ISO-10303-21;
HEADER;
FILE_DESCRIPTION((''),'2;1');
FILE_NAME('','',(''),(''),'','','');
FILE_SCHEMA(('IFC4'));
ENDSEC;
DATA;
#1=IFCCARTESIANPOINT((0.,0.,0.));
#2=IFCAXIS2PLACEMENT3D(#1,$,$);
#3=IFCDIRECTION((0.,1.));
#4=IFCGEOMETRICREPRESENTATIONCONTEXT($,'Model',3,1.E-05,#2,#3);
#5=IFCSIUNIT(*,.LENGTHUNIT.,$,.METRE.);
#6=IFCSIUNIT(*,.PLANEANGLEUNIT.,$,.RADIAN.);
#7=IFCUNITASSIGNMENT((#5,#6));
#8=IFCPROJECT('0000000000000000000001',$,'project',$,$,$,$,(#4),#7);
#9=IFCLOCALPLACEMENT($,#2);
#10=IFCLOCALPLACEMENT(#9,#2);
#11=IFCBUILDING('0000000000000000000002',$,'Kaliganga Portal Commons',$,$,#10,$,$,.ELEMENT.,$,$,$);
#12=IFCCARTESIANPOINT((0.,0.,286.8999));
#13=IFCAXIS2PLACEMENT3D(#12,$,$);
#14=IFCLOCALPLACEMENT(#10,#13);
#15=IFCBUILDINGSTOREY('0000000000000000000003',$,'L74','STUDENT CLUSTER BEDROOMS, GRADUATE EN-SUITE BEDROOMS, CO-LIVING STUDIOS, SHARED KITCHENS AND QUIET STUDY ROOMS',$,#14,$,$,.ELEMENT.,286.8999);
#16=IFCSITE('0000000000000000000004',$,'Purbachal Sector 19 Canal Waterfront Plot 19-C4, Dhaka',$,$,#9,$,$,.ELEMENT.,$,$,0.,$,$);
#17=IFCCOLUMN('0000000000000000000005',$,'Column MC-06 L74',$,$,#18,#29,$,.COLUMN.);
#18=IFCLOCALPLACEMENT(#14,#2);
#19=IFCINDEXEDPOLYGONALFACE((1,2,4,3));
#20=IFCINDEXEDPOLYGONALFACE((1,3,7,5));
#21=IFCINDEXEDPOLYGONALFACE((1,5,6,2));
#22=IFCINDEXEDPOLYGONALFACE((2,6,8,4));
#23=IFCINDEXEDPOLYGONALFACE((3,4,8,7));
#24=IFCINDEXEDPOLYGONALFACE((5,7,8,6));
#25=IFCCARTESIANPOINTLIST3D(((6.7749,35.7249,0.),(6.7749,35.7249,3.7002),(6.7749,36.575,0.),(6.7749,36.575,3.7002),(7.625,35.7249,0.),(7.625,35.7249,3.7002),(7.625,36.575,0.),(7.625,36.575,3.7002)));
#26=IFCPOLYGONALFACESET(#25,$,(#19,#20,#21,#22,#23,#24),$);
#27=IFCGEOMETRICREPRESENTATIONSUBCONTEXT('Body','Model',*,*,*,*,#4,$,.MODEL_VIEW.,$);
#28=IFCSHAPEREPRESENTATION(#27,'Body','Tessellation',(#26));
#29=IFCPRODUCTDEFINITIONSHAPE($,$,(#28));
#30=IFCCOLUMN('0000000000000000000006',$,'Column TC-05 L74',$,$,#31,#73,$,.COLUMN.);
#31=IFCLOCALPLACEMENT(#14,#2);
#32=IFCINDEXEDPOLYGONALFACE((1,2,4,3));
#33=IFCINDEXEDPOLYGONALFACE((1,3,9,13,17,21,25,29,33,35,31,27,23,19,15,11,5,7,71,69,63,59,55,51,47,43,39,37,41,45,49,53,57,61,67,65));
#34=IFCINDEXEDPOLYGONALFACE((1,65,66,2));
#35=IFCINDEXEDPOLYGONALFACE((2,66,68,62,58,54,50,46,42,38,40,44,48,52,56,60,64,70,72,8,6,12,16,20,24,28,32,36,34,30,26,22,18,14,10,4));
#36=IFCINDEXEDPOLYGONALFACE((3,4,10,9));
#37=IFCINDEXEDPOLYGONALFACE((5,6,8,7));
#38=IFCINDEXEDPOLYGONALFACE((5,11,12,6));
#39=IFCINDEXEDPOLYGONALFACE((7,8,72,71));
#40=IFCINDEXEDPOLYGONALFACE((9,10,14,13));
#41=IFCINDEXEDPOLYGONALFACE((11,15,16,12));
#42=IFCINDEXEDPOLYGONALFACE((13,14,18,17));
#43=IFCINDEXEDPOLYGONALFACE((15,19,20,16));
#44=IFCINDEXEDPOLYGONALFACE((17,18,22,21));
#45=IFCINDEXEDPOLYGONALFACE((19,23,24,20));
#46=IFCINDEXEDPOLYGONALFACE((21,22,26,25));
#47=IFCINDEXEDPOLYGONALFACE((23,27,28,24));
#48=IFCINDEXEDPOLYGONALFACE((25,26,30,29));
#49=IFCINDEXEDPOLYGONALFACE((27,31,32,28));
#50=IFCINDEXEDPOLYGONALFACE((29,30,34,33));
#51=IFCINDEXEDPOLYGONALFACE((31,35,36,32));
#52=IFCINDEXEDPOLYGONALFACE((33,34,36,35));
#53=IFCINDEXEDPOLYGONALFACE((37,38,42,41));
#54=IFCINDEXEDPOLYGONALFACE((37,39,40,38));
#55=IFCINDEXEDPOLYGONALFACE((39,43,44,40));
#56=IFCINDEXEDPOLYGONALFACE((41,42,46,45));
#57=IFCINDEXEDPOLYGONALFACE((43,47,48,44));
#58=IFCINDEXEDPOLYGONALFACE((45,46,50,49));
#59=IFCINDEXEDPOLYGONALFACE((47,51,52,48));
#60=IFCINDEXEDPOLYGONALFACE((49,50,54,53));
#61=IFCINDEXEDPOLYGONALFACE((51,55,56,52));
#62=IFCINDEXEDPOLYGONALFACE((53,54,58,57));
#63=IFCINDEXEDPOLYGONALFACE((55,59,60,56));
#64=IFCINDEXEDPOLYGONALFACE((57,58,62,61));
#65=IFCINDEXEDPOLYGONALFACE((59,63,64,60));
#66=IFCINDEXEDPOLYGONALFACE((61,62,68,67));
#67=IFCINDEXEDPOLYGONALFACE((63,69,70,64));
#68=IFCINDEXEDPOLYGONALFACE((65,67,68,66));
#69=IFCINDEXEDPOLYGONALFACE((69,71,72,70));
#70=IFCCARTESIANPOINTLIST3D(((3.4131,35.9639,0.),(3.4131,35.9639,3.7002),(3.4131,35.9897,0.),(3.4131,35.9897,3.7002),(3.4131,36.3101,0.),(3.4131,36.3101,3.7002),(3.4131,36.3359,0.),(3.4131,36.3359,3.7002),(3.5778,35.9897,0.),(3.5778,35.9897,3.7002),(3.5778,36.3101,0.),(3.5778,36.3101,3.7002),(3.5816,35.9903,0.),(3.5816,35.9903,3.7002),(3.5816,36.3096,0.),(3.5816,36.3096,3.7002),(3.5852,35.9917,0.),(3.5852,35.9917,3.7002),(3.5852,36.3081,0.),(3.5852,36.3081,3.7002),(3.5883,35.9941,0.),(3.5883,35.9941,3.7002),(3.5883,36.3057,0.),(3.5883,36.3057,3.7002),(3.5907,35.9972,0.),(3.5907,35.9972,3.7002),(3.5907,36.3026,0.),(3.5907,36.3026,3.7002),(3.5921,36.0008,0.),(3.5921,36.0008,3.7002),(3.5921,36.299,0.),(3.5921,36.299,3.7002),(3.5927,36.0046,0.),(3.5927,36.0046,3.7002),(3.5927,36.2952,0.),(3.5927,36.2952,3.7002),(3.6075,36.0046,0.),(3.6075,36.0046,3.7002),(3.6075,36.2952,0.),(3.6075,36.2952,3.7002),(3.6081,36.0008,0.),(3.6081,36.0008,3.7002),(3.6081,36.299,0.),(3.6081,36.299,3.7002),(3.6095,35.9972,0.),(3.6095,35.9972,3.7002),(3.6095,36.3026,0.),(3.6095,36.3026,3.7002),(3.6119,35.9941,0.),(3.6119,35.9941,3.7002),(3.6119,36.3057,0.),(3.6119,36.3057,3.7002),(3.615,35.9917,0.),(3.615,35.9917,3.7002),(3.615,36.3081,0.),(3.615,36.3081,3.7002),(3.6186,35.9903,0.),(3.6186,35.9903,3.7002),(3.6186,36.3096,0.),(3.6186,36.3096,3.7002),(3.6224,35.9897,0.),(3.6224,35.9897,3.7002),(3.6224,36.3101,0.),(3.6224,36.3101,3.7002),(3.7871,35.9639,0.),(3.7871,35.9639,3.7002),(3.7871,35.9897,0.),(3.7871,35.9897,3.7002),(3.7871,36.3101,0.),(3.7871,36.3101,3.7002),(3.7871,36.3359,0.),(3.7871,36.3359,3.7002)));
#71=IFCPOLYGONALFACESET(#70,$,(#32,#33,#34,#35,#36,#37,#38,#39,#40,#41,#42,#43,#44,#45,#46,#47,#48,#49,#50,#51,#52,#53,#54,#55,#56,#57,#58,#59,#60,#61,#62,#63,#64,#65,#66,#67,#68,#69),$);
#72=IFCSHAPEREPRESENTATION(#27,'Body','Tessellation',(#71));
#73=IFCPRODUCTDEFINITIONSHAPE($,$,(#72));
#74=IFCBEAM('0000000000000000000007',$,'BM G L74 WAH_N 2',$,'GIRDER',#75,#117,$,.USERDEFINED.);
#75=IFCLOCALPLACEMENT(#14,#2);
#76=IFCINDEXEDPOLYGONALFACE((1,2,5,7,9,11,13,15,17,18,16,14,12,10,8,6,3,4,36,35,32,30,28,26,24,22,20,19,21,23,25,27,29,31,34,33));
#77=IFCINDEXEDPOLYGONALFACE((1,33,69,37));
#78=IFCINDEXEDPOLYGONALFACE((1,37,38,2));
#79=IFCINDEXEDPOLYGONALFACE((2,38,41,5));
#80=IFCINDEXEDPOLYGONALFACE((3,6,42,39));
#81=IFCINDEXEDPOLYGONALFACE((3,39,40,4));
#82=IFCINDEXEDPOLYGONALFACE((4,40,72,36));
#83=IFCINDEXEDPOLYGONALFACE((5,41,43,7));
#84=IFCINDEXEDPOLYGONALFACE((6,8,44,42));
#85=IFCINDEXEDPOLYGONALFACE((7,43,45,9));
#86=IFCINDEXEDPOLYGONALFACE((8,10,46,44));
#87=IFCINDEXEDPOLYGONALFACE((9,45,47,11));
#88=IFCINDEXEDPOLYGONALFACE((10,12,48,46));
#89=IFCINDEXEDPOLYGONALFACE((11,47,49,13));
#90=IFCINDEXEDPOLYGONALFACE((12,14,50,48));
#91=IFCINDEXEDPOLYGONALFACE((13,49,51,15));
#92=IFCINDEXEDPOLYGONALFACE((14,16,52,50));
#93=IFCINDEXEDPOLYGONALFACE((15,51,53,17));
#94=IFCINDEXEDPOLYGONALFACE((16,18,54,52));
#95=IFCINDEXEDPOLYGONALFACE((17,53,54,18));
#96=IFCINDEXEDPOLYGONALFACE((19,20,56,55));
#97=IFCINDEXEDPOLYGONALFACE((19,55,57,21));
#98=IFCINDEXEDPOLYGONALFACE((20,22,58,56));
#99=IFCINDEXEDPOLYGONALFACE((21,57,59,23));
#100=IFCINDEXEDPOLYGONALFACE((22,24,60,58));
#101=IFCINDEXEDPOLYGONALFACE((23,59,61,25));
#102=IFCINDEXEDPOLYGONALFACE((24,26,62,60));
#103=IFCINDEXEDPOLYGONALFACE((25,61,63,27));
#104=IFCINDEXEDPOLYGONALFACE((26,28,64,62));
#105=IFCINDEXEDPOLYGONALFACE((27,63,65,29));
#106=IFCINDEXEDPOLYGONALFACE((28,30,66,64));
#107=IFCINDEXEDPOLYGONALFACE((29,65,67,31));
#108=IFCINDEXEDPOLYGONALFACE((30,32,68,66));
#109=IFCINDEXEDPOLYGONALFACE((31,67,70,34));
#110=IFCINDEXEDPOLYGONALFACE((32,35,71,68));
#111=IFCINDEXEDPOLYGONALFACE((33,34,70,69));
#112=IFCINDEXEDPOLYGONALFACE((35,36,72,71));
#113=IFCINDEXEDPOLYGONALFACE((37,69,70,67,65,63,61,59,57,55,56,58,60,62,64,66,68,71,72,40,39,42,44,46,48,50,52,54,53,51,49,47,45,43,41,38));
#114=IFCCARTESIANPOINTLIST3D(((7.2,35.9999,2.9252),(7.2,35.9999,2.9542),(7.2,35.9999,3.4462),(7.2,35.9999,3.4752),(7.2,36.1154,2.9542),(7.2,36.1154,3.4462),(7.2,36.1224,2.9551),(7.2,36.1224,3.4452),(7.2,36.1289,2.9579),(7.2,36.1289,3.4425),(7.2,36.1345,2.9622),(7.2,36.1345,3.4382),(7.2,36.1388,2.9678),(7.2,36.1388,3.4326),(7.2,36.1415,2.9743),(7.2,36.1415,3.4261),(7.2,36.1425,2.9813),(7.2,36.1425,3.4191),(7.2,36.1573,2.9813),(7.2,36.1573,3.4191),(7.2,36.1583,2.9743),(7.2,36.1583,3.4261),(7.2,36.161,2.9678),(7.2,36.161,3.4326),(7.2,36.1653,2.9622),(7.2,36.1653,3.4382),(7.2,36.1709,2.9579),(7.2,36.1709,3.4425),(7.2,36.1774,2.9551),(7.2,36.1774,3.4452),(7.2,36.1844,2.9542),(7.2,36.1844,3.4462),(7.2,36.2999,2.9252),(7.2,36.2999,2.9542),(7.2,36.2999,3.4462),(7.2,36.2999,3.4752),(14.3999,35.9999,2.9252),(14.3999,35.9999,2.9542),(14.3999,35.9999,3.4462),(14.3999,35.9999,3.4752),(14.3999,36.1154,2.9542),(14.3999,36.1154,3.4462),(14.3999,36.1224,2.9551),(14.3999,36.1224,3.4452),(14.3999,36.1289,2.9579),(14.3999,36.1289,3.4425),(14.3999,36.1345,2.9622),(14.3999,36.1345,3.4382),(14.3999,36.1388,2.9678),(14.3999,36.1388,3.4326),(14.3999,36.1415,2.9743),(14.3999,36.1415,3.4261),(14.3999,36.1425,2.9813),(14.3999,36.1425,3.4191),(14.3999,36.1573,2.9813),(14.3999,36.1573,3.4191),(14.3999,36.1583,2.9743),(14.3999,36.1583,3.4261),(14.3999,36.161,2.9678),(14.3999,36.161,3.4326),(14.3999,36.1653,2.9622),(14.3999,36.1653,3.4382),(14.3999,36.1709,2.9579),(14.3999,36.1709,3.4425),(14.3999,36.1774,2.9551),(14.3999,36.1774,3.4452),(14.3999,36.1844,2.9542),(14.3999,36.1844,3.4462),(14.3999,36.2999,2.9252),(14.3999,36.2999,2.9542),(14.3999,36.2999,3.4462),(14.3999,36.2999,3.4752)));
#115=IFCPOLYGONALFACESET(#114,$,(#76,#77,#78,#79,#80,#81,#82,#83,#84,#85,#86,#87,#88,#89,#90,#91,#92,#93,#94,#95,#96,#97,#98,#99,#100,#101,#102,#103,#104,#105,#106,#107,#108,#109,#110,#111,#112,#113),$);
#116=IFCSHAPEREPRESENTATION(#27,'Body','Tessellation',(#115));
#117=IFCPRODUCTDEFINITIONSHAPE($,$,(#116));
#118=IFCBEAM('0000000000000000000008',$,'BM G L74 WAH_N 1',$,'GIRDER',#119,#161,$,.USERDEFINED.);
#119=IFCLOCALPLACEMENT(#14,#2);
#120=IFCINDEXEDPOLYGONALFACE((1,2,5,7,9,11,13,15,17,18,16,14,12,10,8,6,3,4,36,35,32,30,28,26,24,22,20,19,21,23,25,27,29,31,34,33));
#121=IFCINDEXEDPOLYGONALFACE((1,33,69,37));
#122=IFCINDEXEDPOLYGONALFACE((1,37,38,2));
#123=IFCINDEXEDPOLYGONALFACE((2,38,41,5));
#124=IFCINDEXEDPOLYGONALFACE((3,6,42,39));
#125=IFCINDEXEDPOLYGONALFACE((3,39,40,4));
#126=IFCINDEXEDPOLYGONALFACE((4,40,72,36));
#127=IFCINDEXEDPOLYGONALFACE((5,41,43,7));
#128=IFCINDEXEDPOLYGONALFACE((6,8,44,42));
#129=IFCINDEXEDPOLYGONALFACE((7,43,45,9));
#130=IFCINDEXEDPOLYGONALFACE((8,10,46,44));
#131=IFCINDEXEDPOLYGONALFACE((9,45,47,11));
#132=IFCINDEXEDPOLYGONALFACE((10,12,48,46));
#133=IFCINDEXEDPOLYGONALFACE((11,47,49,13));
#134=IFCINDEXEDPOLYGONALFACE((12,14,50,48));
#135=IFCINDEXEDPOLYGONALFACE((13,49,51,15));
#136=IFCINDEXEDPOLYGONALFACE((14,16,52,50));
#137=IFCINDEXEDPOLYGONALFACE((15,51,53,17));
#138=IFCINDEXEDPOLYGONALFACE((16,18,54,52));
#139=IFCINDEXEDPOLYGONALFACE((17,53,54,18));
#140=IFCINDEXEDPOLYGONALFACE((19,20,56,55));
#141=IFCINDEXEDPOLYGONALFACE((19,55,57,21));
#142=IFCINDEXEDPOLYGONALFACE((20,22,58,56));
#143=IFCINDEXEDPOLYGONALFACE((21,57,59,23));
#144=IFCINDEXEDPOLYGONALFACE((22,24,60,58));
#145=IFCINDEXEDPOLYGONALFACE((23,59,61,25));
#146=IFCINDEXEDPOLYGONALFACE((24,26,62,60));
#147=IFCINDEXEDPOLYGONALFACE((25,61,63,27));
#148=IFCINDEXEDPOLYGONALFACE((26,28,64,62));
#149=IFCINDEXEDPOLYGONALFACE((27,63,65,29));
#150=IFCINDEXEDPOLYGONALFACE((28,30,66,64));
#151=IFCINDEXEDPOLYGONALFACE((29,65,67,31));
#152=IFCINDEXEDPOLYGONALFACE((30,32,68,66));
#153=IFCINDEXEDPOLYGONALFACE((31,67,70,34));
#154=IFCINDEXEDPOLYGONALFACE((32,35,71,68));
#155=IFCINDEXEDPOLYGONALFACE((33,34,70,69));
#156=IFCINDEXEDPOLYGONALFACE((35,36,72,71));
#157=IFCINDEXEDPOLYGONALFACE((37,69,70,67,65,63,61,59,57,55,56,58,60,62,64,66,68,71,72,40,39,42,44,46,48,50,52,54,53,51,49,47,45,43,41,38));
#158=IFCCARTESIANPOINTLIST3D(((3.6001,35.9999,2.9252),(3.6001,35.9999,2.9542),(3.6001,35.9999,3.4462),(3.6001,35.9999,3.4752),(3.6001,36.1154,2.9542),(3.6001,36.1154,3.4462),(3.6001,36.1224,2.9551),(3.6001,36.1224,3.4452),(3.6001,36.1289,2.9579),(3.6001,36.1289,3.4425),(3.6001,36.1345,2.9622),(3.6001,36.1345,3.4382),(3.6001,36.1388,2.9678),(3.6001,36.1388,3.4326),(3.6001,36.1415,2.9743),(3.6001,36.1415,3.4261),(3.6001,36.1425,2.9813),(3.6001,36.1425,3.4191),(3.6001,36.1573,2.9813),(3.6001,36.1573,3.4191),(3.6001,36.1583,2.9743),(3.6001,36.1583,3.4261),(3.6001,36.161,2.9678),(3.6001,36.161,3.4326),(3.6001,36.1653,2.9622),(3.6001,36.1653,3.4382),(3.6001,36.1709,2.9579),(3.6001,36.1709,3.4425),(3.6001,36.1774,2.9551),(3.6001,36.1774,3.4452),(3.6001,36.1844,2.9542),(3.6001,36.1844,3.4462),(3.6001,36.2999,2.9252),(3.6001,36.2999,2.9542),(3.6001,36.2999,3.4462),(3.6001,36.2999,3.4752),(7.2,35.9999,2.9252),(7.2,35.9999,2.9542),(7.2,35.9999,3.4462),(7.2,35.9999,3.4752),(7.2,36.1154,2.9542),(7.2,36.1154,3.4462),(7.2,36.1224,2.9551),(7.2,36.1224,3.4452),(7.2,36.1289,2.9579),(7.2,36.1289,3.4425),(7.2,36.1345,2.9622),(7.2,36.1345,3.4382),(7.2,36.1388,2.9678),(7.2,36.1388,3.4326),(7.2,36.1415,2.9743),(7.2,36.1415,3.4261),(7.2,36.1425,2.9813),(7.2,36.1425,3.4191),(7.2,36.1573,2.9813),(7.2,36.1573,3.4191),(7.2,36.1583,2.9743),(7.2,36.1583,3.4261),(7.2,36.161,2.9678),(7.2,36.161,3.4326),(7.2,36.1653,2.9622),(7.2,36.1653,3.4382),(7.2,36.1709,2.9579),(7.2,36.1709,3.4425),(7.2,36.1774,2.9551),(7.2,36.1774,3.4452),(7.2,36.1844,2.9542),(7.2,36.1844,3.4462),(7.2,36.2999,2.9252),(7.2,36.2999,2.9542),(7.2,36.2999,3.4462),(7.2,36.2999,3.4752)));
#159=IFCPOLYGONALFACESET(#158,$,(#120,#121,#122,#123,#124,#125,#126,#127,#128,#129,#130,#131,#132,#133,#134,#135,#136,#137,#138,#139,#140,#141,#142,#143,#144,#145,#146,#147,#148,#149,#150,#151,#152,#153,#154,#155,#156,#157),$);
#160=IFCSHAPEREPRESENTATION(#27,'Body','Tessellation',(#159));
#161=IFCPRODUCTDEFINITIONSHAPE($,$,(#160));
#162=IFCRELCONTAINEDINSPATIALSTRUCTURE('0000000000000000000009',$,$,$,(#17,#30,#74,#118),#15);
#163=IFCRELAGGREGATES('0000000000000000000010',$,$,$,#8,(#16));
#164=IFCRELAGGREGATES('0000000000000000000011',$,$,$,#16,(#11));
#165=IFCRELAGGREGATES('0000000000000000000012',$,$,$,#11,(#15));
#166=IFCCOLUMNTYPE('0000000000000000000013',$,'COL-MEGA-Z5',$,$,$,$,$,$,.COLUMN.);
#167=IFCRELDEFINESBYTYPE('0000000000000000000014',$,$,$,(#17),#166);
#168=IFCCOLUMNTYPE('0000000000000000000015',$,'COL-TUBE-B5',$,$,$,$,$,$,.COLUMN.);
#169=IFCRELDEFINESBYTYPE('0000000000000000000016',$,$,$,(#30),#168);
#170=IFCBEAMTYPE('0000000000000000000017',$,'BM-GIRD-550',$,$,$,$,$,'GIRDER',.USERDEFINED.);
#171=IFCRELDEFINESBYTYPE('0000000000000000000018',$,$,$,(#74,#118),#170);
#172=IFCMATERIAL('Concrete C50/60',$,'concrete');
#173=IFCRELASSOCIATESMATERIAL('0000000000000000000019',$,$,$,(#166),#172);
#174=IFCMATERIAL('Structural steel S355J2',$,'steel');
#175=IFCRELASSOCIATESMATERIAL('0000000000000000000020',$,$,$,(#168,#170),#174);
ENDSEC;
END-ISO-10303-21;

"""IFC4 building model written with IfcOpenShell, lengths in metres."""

from ifc_helpers import new_model, si_unit, direction, frame, origin, origin_2d, place, context, subcontext, project, spatial, rectangle, i_section, extrude, source, transform, mapped, material, material_profile, profile_set, type_object, element, save


model = new_model("IFC4")

# Units and contexts
model_context = context("Model", 3, precision=1e-05, world=origin(), true_north=direction((0.0, 1.0)))
body_context = subcontext(model_context, "Body", "Model", "MODEL_VIEW")
ifc_project = project(units=[si_unit("LENGTHUNIT", "METRE"), si_unit("PLANEANGLEUNIT", "RADIAN")], contexts=[model_context])

# Site, building, storey
site_placement = place(None, origin())
site = spatial("IfcSite", under=ifc_project, at=site_placement, Name="Purbachal Sector 19 Canal Waterfront Plot 19-C4, Dhaka", CompositionType="ELEMENT", RefElevation=0.0)
building_placement = place(site_placement, origin())
building = spatial("IfcBuilding", under=site, at=building_placement, Name="Kaliganga Portal Commons", CompositionType="ELEMENT")
storey_placement = place(building_placement, frame((0.0, 0.0, 286.8999)))
storey = spatial("IfcBuildingStorey", under=building, at=storey_placement, Name="L74", Description="STUDENT CLUSTER BEDROOMS, GRADUATE EN-SUITE BEDROOMS, CO-LIVING STUDIOS, SHARED KITCHENS AND QUIET STUDY ROOMS", CompositionType="ELEMENT", Elevation=286.8999)

# Columns
ifc_material_1 = material(Name="Concrete C50/60", Category="concrete")
ifc_material_profile_1 = material_profile(ifc_material_1, rectangle(XDim=0.8501, YDim=0.8501, at=origin_2d()), Name="RC 850x850")
ifc_profile_set_1 = profile_set([ifc_material_profile_1], Name="Concrete C50/60")
column_type_1 = type_object("IfcColumnType", Name="COL-MEGA-Z5", PredefinedType="COLUMN", material=ifc_profile_set_1)
shared_shape_1 = source(origin(), body_context, "Body", "SweptSolid", [
    extrude(rectangle(XDim=0.8501, YDim=0.8501, at=origin_2d()), origin(), (0.0, 0.0, 1.0), 3.7002),
])
column_1_placement = place(storey_placement, frame((7.2, 36.1499, 0.0), z_axis=(0.0, 0.0, 1.0), x_axis=(1.0, 0.0, 0.0)))
element("IfcColumn", 1, at=column_1_placement, inside=storey, type_object=column_type_1, Name="Column MC-06 L74", PredefinedType="COLUMN", context=body_context, shape_type="MappedRepresentation", body=[
    mapped(shared_shape_1, transform((0.0, 0.0, 0.0), x_axis=(1.0, 0.0, 0.0), y_axis=(0.0, 1.0, 0.0), z_axis=(0.0, 0.0, 1.0), scale=1.0)),
])
ifc_material_2 = material(Name="Structural steel S355J2", Category="steel")
ifc_material_profile_2 = material_profile(ifc_material_2, i_section(OverallWidth=0.374, OverallDepth=0.3721, WebThickness=0.0149, FlangeThickness=0.0259, FilletRadius=0.0149, at=origin_2d()), Name="HD 360x196")
ifc_profile_set_2 = profile_set([ifc_material_profile_2], Name="Structural steel S355J2 wide-flange")
column_type_2 = type_object("IfcColumnType", Name="COL-TUBE-B5", PredefinedType="COLUMN", material=ifc_profile_set_2)
shared_shape_2 = source(origin(), body_context, "Body", "SweptSolid", [
    extrude(i_section(OverallWidth=0.374, OverallDepth=0.3721, WebThickness=0.0149, FlangeThickness=0.0259, FilletRadius=0.0149, at=origin_2d()), origin(), (0.0, 0.0, 1.0), 3.7002),
])
column_2_placement = place(storey_placement, frame((3.6001, 36.1499, 0.0), z_axis=(0.0, 0.0, 1.0), x_axis=(1.0, 0.0, 0.0)))
element("IfcColumn", 2, at=column_2_placement, inside=storey, type_object=column_type_2, Name="Column TC-05 L74", PredefinedType="COLUMN", context=body_context, shape_type="MappedRepresentation", body=[
    mapped(shared_shape_2, transform((0.0, 0.0, 0.0), x_axis=(1.0, 0.0, 0.0), y_axis=(0.0, 1.0, 0.0), z_axis=(0.0, 0.0, 1.0), scale=1.0)),
])

# Beams
ifc_material_profile_3 = material_profile(ifc_material_2, i_section(OverallWidth=0.3, OverallDepth=0.55, WebThickness=0.0149, FlangeThickness=0.0291, FilletRadius=0.0271, at=origin_2d()), Name="HE 550 B")
ifc_profile_set_3 = profile_set([ifc_material_profile_3], Name="Structural steel S355J2 wide-flange")
beam_type = type_object("IfcBeamType", Name="BM-GIRD-550", ElementType="GIRDER", PredefinedType="USERDEFINED", material=ifc_profile_set_3)
shared_shape_3 = source(origin(), body_context, "Body", "SweptSolid", [
    extrude(i_section(OverallWidth=0.3, OverallDepth=0.55, WebThickness=0.0149, FlangeThickness=0.0291, FilletRadius=0.0271, at=origin_2d()), origin(), (0.0, 0.0, 1.0), 7.2),
])
beam_1_placement = place(storey_placement, frame((7.2, 36.1499, 3.2002), z_axis=(1.0, 0.0, 0.0), x_axis=(0.0, 1.0, 0.0)))
element("IfcBeam", 3, at=beam_1_placement, inside=storey, type_object=beam_type, Name="BM G L74 WAH_N 2", ObjectType="GIRDER", PredefinedType="USERDEFINED", context=body_context, shape_type="MappedRepresentation", body=[
    mapped(shared_shape_3, transform((0.0, 0.0, 0.0), x_axis=(1.0, 0.0, 0.0), y_axis=(0.0, 1.0, 0.0), z_axis=(0.0, 0.0, 1.0), scale=1.0)),
])
shared_shape_4 = source(origin(), body_context, "Body", "SweptSolid", [
    extrude(i_section(OverallWidth=0.3, OverallDepth=0.55, WebThickness=0.0149, FlangeThickness=0.0291, FilletRadius=0.0271, at=origin_2d()), origin(), (0.0, 0.0, 1.0), 3.5999),
])
beam_2_placement = place(storey_placement, frame((3.6001, 36.1499, 3.2002), z_axis=(1.0, 0.0, 0.0), x_axis=(0.0, 1.0, 0.0)))
element("IfcBeam", 4, at=beam_2_placement, inside=storey, type_object=beam_type, Name="BM G L74 WAH_N 1", ObjectType="GIRDER", PredefinedType="USERDEFINED", context=body_context, shape_type="MappedRepresentation", body=[
    mapped(shared_shape_4, transform((0.0, 0.0, 0.0), x_axis=(1.0, 0.0, 0.0), y_axis=(0.0, 1.0, 0.0), z_axis=(0.0, 0.0, 1.0), scale=1.0)),
])

save(model, "model.ifc")
